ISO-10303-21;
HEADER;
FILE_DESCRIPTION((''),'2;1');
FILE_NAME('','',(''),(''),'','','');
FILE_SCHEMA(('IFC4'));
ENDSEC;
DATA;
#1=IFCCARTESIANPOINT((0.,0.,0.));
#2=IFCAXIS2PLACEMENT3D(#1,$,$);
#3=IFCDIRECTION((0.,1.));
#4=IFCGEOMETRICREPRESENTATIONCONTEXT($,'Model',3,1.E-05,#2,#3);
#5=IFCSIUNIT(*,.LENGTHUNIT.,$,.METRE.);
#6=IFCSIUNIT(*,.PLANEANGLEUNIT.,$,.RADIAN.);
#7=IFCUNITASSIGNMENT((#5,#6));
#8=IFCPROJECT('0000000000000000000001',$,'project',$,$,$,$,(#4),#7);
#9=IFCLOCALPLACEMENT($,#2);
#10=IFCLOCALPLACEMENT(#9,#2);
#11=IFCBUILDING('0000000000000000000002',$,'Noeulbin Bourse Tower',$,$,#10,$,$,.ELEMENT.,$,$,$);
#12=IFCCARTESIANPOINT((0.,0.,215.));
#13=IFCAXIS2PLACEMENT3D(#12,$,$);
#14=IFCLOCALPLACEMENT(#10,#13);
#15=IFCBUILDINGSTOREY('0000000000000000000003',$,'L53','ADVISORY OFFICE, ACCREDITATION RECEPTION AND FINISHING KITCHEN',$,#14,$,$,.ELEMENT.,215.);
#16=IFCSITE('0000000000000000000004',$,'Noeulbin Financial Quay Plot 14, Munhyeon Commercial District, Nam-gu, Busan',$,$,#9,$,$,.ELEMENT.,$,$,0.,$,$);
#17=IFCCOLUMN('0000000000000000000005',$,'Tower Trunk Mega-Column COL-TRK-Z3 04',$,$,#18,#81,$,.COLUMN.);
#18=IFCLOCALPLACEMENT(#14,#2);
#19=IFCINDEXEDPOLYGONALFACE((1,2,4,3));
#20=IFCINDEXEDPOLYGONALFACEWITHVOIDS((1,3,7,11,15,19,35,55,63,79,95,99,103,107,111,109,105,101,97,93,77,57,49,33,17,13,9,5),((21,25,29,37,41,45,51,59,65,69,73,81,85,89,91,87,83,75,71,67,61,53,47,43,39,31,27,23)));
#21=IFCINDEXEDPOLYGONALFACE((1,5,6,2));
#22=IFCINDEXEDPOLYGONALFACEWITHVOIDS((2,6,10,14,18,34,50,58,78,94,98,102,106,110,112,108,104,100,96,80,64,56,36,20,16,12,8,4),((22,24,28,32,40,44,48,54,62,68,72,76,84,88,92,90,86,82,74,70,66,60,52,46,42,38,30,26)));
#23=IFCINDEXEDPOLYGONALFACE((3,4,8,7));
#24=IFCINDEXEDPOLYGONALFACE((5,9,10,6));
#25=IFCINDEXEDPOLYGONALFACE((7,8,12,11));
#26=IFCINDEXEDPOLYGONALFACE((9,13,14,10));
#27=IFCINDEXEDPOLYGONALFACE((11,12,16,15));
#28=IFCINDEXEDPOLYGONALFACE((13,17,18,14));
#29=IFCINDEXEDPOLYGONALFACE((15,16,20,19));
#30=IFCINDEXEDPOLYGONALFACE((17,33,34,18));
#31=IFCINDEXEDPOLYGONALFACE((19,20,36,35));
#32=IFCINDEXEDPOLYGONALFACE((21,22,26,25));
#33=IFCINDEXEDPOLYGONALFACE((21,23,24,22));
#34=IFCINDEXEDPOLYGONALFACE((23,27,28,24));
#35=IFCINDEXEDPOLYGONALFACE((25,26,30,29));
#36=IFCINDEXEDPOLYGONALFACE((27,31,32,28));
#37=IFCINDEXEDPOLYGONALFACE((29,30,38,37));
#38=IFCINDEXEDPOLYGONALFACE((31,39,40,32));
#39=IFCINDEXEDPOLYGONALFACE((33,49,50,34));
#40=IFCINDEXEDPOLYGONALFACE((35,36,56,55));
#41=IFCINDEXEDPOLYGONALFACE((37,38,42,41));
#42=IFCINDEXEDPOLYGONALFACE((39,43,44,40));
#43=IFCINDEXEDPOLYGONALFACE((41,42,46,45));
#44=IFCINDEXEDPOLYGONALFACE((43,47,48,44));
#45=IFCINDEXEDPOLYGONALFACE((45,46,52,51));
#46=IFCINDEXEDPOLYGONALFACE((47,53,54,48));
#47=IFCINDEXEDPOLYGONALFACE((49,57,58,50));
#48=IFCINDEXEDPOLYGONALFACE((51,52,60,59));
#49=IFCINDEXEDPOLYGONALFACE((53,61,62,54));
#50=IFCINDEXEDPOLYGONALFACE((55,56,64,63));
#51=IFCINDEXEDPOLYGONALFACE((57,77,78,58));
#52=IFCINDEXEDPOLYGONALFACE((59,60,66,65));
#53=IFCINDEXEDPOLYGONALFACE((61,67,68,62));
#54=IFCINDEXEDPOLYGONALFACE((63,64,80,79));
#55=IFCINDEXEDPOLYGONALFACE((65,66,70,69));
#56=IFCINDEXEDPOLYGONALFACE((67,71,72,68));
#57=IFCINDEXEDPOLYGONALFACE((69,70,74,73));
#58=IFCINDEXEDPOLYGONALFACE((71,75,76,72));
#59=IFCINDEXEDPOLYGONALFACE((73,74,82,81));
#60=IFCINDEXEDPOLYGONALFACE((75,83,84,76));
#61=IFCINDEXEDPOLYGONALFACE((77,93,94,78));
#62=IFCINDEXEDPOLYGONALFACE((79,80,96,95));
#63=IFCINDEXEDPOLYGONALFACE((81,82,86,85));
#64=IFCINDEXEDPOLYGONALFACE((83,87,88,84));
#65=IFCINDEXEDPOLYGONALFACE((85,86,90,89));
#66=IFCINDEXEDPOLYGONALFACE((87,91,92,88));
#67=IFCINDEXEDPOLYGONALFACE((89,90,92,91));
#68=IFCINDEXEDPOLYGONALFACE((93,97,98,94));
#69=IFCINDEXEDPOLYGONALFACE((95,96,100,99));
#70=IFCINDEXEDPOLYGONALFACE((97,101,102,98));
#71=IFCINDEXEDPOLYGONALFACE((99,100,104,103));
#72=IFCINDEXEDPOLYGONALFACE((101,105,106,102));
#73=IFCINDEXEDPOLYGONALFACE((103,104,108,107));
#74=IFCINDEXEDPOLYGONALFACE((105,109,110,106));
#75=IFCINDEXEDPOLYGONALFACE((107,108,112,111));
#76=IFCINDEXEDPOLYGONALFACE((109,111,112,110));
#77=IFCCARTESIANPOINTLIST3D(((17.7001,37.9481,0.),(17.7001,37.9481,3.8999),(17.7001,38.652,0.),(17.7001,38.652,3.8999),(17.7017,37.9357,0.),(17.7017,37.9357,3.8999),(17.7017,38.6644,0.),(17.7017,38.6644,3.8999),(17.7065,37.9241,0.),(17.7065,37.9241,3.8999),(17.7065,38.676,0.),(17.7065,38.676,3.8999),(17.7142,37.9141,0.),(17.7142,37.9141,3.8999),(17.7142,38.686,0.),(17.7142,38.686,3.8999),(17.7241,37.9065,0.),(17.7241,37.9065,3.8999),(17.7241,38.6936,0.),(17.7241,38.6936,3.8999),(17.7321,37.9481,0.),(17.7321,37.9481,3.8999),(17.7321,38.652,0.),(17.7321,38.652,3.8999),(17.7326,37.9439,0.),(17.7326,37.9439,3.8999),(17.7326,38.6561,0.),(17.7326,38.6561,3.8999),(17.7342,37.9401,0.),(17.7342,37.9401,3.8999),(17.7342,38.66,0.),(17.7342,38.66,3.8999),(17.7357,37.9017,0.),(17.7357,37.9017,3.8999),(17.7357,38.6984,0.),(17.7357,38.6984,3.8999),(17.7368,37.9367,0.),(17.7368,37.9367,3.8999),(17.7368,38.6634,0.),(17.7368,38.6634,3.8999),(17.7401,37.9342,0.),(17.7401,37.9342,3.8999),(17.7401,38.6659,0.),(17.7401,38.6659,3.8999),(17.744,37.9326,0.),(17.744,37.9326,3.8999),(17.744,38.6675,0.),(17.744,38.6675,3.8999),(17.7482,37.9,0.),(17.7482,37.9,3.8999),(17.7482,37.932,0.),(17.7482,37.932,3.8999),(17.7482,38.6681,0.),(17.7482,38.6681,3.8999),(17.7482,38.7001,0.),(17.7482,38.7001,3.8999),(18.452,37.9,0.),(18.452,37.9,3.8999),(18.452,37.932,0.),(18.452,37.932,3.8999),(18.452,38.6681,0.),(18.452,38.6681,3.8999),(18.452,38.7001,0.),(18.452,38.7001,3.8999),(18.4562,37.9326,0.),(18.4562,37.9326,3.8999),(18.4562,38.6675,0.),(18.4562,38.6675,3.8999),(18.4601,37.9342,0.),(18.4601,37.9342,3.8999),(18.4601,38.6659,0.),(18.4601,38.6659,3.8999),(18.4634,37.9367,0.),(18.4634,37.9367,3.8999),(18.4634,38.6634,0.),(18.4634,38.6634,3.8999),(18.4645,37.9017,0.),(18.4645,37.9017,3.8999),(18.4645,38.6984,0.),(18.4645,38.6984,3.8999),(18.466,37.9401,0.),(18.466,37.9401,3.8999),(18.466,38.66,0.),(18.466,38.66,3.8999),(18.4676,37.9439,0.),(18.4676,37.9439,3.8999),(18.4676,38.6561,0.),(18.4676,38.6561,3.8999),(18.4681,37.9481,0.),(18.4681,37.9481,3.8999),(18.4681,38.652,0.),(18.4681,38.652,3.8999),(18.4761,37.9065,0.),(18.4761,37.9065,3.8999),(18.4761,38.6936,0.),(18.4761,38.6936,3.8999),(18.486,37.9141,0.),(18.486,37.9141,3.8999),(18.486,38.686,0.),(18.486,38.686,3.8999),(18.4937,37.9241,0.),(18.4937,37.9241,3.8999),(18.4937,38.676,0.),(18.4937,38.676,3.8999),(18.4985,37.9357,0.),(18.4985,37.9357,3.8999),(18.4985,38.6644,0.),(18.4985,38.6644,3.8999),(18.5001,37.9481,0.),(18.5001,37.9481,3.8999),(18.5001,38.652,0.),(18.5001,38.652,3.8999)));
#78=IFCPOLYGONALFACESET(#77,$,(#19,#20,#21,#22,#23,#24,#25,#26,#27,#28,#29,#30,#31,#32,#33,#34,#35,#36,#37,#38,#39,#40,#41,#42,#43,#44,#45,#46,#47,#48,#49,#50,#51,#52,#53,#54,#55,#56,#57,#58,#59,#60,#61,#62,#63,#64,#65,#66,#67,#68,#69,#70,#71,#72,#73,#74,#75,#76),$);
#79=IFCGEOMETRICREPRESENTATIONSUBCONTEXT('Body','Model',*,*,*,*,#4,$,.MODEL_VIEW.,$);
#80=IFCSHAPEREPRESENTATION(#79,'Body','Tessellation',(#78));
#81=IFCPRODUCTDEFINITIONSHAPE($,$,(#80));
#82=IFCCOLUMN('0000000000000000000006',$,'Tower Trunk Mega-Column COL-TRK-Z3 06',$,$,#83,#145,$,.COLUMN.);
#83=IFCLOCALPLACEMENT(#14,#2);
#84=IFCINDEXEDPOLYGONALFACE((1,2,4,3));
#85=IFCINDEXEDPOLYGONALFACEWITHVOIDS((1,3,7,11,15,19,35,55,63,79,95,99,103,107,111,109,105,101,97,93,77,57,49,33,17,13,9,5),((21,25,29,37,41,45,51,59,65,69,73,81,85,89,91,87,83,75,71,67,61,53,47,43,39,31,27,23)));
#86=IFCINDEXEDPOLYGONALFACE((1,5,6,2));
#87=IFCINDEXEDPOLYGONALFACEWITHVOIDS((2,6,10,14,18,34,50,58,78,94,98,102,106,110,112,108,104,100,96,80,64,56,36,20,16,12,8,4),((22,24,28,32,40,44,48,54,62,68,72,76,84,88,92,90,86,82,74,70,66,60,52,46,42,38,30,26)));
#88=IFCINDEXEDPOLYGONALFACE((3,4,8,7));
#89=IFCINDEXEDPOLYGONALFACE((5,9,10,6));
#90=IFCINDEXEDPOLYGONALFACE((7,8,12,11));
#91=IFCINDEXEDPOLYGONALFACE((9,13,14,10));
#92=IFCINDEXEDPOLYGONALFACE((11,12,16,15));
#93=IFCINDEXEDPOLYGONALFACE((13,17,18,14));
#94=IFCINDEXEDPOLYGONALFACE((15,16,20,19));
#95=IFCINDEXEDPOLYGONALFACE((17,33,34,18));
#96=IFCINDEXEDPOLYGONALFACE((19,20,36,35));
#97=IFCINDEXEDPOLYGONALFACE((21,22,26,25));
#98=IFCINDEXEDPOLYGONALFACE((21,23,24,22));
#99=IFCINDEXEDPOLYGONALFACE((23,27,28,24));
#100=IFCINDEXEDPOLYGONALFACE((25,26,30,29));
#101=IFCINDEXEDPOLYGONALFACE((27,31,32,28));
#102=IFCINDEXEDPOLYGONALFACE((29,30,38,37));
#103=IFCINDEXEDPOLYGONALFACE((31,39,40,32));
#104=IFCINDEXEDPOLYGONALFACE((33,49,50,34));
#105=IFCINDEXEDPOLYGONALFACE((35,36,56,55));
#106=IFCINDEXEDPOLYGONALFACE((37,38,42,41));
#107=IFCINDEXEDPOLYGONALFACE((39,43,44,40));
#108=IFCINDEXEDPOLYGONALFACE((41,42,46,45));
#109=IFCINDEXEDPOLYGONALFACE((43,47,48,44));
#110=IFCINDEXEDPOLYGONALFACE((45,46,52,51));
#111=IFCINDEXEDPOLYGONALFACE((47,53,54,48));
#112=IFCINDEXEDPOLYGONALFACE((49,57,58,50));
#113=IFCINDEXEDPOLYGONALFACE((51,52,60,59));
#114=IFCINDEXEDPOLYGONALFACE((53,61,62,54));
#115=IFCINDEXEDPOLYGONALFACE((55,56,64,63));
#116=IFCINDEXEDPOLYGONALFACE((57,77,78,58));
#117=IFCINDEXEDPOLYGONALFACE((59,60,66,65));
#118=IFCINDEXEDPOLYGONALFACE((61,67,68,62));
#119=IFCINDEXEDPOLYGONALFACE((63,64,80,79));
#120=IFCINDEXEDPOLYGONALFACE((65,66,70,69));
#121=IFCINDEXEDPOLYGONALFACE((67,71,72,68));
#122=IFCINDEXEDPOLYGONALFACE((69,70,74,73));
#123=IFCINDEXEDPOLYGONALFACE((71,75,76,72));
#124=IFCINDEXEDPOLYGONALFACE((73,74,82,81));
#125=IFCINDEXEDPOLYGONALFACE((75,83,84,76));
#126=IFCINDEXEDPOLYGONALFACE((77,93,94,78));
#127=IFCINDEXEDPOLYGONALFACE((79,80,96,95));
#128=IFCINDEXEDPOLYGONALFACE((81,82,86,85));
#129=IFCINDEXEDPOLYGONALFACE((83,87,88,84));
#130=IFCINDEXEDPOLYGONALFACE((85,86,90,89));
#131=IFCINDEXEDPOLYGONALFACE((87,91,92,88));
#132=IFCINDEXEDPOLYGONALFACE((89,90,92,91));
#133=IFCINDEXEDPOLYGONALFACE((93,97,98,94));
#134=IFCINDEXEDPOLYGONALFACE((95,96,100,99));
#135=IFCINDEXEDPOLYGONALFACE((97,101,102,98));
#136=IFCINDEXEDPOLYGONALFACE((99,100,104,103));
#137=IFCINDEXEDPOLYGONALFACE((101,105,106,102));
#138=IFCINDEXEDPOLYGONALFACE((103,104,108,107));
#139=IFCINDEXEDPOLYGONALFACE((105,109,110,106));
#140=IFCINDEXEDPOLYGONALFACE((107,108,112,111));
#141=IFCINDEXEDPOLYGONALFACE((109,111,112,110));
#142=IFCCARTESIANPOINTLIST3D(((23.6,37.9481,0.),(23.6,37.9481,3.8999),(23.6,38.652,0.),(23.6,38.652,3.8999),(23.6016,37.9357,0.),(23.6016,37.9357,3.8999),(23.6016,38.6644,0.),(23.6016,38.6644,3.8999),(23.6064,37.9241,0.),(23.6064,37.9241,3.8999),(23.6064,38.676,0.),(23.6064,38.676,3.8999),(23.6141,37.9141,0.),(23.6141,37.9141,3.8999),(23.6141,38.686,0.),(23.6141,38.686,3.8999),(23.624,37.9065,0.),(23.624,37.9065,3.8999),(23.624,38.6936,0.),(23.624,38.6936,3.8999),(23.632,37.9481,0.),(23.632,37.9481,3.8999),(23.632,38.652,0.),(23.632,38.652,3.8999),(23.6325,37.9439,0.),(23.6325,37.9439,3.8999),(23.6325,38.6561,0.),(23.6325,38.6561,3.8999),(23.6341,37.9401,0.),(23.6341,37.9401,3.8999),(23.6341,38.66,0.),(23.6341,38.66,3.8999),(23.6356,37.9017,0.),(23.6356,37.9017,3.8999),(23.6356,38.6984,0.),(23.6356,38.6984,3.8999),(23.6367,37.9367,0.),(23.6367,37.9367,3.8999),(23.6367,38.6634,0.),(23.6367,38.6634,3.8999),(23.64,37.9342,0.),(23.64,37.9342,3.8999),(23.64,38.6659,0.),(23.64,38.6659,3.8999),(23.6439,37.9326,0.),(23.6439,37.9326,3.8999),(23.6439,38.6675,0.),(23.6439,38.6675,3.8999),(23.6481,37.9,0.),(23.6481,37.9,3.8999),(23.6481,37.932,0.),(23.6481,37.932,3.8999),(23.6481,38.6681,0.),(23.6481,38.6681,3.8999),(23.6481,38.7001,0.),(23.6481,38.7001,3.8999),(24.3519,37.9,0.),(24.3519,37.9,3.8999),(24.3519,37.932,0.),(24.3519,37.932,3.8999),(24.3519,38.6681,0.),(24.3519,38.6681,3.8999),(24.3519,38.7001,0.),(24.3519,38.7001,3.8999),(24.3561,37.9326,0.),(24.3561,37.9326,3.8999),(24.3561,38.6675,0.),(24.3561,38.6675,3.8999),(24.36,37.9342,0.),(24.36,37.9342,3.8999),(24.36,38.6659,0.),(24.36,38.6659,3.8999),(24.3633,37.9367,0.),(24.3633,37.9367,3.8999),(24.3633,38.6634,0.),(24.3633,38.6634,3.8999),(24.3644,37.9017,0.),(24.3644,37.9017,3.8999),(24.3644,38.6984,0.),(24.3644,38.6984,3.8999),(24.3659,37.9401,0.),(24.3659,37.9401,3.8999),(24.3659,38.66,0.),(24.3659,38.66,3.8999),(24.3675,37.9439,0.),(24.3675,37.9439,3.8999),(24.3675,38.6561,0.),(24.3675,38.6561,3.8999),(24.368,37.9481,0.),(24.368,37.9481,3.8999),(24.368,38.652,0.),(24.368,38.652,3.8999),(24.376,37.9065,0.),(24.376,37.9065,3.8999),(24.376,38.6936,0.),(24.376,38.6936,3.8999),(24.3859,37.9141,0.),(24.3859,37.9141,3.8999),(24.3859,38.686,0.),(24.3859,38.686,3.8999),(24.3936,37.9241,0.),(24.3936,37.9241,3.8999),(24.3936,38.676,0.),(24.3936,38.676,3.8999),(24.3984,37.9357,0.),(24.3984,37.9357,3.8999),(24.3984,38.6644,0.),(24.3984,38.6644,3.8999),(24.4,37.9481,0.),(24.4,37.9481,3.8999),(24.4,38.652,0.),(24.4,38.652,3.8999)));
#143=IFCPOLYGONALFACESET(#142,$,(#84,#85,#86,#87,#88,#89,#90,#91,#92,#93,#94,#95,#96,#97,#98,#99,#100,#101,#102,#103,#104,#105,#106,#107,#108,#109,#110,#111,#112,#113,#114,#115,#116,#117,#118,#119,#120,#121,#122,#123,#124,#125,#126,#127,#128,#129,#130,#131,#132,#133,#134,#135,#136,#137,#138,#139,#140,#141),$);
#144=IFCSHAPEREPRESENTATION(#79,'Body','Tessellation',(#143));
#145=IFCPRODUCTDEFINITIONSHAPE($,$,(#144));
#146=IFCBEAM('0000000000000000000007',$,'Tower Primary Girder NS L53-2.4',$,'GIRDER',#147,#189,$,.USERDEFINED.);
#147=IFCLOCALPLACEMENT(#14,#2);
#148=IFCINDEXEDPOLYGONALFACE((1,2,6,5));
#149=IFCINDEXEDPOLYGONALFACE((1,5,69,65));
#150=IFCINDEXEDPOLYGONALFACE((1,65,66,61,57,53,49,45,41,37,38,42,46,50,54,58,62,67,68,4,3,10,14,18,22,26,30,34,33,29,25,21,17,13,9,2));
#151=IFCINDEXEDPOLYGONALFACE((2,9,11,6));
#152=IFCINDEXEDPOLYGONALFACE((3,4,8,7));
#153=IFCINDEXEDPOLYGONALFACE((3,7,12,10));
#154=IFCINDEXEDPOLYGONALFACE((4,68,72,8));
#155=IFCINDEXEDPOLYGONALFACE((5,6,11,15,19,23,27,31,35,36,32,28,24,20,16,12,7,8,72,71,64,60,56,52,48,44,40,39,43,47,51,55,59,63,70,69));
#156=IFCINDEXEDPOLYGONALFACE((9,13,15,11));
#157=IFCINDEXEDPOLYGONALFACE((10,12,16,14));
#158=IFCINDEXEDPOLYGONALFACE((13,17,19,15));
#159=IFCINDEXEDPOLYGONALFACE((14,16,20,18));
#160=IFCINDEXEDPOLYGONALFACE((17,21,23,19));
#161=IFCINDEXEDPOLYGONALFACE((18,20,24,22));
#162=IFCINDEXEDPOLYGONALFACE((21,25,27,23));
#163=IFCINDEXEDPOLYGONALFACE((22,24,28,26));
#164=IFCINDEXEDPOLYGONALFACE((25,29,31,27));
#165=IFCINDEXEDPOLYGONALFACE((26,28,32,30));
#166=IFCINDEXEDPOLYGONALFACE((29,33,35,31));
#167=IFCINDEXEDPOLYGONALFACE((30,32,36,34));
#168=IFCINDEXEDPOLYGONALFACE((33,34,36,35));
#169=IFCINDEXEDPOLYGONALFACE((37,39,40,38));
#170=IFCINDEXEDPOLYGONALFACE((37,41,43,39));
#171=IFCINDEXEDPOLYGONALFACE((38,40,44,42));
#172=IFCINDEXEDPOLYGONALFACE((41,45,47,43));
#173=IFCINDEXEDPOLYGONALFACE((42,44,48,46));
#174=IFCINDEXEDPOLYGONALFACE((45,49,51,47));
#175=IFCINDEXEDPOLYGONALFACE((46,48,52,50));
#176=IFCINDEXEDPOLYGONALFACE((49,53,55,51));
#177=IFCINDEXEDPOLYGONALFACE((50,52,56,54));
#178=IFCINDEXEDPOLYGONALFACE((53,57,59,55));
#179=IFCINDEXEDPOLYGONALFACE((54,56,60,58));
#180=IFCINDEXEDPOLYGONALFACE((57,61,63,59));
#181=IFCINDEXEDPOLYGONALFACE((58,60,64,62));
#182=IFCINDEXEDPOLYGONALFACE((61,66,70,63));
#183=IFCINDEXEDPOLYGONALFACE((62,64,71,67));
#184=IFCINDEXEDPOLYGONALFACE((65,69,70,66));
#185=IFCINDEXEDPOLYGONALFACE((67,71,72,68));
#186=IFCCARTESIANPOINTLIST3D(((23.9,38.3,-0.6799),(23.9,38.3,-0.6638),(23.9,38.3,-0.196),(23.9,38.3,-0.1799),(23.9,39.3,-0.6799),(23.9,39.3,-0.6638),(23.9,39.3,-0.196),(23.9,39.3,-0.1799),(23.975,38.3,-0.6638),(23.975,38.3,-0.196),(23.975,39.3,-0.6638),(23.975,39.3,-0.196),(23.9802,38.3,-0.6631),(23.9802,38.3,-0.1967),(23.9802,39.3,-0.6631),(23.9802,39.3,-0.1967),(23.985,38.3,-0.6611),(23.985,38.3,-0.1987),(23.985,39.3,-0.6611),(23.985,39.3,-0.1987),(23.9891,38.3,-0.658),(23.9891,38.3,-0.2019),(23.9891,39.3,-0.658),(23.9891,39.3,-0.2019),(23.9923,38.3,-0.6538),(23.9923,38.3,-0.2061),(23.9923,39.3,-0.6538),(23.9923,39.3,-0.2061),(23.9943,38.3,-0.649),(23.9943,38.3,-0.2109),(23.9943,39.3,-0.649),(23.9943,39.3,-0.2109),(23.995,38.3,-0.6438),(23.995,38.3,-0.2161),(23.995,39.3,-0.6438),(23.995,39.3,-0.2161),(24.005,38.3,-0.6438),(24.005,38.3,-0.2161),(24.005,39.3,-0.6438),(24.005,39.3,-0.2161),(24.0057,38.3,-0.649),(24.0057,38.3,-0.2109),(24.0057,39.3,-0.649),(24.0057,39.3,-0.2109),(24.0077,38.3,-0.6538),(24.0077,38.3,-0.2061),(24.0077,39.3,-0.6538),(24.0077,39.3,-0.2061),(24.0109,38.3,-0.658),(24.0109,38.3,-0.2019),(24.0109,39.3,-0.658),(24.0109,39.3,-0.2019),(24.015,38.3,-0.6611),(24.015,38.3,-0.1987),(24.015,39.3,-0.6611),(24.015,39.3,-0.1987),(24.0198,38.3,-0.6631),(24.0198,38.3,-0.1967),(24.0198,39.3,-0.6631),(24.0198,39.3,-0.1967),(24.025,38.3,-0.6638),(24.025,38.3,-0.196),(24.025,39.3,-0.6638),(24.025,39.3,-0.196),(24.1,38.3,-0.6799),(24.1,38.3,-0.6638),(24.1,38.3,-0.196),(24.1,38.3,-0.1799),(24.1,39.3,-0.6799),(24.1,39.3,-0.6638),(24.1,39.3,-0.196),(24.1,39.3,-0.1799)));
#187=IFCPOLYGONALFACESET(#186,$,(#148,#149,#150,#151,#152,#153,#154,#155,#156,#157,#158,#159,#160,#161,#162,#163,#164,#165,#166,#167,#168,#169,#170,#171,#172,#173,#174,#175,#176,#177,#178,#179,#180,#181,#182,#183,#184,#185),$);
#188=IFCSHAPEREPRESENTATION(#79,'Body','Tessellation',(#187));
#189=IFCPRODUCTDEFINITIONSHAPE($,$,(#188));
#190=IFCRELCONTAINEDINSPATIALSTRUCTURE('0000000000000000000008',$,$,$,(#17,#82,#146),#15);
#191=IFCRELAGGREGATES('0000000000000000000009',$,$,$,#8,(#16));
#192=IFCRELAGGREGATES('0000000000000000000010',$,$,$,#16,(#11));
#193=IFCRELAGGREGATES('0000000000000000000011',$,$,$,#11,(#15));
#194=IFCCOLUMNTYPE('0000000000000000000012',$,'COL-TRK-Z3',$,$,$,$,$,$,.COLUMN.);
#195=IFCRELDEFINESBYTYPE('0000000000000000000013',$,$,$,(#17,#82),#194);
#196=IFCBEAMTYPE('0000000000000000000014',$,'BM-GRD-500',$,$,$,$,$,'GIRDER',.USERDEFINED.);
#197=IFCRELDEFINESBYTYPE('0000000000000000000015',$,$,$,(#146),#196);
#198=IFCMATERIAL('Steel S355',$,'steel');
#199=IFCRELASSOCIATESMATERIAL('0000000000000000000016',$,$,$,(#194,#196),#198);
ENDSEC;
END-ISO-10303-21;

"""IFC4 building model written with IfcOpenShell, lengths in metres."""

from ifc_helpers import new_model, si_unit, direction, frame, origin, origin_2d, place, context, subcontext, project, spatial, hollow_rectangle, i_section, extrude, material, material_profile, profile_set, type_object, element, save


model = new_model("IFC4")

# Units and contexts
model_context = context("Model", 3, precision=1e-05, world=origin(), true_north=direction((0.0, 1.0)))
body_context = subcontext(model_context, "Body", "Model", "MODEL_VIEW")
ifc_project = project(units=[si_unit("LENGTHUNIT", "METRE"), si_unit("PLANEANGLEUNIT", "RADIAN")], contexts=[model_context])

# Site, building, storey
site_placement = place(None, origin())
site = spatial("IfcSite", under=ifc_project, at=site_placement, Name="Noeulbin Financial Quay Plot 14, Munhyeon Commercial District, Nam-gu, Busan", CompositionType="ELEMENT", RefElevation=0.0)
building_placement = place(site_placement, origin())
building = spatial("IfcBuilding", under=site, at=building_placement, Name="Noeulbin Bourse Tower", CompositionType="ELEMENT")
storey_placement = place(building_placement, frame((0.0, 0.0, 215.0)))
storey = spatial("IfcBuildingStorey", under=building, at=storey_placement, Name="L53", Description="ADVISORY OFFICE, ACCREDITATION RECEPTION AND FINISHING KITCHEN", CompositionType="ELEMENT", Elevation=215.0)

# Columns
ifc_material_1 = material(Name="Steel S355", Category="steel")
ifc_material_profile_1 = material_profile(ifc_material_1, hollow_rectangle(XDim=0.8, YDim=0.8, WallThickness=0.032, InnerFilletRadius=0.0161, OuterFilletRadius=0.0481, at=origin_2d()), Name="BOX-800x800x32", Category="LoadBearing")
ifc_profile_set_1 = profile_set([ifc_material_profile_1], Name="Steel S355")
column_type = type_object("IfcColumnType", Name="COL-TRK-Z3", PredefinedType="COLUMN", material=ifc_profile_set_1)
for number, where, z_axis, x_axis, name in (
    (1, (18.1001, 38.3, 0.0), (0.0, 0.0, 1.0), (1.0, 0.0, 0.0), "Tower Trunk Mega-Column COL-TRK-Z3 04"),
    (2, (24.0, 38.3, 0.0), (0.0, 0.0, 1.0), (1.0, 0.0, 0.0), "Tower Trunk Mega-Column COL-TRK-Z3 06"),
):
    element("IfcColumn", number, at=place(storey_placement, frame(where, z_axis=z_axis, x_axis=x_axis)), inside=storey, type_object=column_type, Name=name, PredefinedType="COLUMN", context=body_context, shape_type="SweptSolid", body=[
        extrude(hollow_rectangle(XDim=0.8, YDim=0.8, WallThickness=0.032, InnerFilletRadius=0.0161, OuterFilletRadius=0.0481, at=origin_2d()), origin(), (0.0, 0.0, 1.0), 3.8999),
    ])

# Beam
ifc_material_profile_2 = material_profile(ifc_material_1, i_section(OverallWidth=0.2, OverallDepth=0.5, WebThickness=0.01, FlangeThickness=0.0161, FilletRadius=0.02, at=origin_2d()), Name="H-500x200x10x16", Category="LoadBearing")
ifc_profile_set_2 = profile_set([ifc_material_profile_2], Name="Steel S355")
beam_type = type_object("IfcBeamType", Name="BM-GRD-500", ElementType="GIRDER", PredefinedType="USERDEFINED", material=ifc_profile_set_2)
beam_placement = place(storey_placement, frame((24.0, 38.3, -0.4299), z_axis=(0.0, 1.0, 0.0), x_axis=(-1.0, 0.0, 0.0)))
element("IfcBeam", 3, at=beam_placement, inside=storey, type_object=beam_type, Name="Tower Primary Girder NS L53-2.4", ObjectType="GIRDER", PredefinedType="USERDEFINED", context=body_context, shape_type="SweptSolid", body=[
    extrude(i_section(OverallWidth=0.2, OverallDepth=0.5, WebThickness=0.01, FlangeThickness=0.0161, FilletRadius=0.02, at=origin_2d()), origin(), (0.0, 0.0, 1.0), 1.0),
])

save(model, "model.ifc")
